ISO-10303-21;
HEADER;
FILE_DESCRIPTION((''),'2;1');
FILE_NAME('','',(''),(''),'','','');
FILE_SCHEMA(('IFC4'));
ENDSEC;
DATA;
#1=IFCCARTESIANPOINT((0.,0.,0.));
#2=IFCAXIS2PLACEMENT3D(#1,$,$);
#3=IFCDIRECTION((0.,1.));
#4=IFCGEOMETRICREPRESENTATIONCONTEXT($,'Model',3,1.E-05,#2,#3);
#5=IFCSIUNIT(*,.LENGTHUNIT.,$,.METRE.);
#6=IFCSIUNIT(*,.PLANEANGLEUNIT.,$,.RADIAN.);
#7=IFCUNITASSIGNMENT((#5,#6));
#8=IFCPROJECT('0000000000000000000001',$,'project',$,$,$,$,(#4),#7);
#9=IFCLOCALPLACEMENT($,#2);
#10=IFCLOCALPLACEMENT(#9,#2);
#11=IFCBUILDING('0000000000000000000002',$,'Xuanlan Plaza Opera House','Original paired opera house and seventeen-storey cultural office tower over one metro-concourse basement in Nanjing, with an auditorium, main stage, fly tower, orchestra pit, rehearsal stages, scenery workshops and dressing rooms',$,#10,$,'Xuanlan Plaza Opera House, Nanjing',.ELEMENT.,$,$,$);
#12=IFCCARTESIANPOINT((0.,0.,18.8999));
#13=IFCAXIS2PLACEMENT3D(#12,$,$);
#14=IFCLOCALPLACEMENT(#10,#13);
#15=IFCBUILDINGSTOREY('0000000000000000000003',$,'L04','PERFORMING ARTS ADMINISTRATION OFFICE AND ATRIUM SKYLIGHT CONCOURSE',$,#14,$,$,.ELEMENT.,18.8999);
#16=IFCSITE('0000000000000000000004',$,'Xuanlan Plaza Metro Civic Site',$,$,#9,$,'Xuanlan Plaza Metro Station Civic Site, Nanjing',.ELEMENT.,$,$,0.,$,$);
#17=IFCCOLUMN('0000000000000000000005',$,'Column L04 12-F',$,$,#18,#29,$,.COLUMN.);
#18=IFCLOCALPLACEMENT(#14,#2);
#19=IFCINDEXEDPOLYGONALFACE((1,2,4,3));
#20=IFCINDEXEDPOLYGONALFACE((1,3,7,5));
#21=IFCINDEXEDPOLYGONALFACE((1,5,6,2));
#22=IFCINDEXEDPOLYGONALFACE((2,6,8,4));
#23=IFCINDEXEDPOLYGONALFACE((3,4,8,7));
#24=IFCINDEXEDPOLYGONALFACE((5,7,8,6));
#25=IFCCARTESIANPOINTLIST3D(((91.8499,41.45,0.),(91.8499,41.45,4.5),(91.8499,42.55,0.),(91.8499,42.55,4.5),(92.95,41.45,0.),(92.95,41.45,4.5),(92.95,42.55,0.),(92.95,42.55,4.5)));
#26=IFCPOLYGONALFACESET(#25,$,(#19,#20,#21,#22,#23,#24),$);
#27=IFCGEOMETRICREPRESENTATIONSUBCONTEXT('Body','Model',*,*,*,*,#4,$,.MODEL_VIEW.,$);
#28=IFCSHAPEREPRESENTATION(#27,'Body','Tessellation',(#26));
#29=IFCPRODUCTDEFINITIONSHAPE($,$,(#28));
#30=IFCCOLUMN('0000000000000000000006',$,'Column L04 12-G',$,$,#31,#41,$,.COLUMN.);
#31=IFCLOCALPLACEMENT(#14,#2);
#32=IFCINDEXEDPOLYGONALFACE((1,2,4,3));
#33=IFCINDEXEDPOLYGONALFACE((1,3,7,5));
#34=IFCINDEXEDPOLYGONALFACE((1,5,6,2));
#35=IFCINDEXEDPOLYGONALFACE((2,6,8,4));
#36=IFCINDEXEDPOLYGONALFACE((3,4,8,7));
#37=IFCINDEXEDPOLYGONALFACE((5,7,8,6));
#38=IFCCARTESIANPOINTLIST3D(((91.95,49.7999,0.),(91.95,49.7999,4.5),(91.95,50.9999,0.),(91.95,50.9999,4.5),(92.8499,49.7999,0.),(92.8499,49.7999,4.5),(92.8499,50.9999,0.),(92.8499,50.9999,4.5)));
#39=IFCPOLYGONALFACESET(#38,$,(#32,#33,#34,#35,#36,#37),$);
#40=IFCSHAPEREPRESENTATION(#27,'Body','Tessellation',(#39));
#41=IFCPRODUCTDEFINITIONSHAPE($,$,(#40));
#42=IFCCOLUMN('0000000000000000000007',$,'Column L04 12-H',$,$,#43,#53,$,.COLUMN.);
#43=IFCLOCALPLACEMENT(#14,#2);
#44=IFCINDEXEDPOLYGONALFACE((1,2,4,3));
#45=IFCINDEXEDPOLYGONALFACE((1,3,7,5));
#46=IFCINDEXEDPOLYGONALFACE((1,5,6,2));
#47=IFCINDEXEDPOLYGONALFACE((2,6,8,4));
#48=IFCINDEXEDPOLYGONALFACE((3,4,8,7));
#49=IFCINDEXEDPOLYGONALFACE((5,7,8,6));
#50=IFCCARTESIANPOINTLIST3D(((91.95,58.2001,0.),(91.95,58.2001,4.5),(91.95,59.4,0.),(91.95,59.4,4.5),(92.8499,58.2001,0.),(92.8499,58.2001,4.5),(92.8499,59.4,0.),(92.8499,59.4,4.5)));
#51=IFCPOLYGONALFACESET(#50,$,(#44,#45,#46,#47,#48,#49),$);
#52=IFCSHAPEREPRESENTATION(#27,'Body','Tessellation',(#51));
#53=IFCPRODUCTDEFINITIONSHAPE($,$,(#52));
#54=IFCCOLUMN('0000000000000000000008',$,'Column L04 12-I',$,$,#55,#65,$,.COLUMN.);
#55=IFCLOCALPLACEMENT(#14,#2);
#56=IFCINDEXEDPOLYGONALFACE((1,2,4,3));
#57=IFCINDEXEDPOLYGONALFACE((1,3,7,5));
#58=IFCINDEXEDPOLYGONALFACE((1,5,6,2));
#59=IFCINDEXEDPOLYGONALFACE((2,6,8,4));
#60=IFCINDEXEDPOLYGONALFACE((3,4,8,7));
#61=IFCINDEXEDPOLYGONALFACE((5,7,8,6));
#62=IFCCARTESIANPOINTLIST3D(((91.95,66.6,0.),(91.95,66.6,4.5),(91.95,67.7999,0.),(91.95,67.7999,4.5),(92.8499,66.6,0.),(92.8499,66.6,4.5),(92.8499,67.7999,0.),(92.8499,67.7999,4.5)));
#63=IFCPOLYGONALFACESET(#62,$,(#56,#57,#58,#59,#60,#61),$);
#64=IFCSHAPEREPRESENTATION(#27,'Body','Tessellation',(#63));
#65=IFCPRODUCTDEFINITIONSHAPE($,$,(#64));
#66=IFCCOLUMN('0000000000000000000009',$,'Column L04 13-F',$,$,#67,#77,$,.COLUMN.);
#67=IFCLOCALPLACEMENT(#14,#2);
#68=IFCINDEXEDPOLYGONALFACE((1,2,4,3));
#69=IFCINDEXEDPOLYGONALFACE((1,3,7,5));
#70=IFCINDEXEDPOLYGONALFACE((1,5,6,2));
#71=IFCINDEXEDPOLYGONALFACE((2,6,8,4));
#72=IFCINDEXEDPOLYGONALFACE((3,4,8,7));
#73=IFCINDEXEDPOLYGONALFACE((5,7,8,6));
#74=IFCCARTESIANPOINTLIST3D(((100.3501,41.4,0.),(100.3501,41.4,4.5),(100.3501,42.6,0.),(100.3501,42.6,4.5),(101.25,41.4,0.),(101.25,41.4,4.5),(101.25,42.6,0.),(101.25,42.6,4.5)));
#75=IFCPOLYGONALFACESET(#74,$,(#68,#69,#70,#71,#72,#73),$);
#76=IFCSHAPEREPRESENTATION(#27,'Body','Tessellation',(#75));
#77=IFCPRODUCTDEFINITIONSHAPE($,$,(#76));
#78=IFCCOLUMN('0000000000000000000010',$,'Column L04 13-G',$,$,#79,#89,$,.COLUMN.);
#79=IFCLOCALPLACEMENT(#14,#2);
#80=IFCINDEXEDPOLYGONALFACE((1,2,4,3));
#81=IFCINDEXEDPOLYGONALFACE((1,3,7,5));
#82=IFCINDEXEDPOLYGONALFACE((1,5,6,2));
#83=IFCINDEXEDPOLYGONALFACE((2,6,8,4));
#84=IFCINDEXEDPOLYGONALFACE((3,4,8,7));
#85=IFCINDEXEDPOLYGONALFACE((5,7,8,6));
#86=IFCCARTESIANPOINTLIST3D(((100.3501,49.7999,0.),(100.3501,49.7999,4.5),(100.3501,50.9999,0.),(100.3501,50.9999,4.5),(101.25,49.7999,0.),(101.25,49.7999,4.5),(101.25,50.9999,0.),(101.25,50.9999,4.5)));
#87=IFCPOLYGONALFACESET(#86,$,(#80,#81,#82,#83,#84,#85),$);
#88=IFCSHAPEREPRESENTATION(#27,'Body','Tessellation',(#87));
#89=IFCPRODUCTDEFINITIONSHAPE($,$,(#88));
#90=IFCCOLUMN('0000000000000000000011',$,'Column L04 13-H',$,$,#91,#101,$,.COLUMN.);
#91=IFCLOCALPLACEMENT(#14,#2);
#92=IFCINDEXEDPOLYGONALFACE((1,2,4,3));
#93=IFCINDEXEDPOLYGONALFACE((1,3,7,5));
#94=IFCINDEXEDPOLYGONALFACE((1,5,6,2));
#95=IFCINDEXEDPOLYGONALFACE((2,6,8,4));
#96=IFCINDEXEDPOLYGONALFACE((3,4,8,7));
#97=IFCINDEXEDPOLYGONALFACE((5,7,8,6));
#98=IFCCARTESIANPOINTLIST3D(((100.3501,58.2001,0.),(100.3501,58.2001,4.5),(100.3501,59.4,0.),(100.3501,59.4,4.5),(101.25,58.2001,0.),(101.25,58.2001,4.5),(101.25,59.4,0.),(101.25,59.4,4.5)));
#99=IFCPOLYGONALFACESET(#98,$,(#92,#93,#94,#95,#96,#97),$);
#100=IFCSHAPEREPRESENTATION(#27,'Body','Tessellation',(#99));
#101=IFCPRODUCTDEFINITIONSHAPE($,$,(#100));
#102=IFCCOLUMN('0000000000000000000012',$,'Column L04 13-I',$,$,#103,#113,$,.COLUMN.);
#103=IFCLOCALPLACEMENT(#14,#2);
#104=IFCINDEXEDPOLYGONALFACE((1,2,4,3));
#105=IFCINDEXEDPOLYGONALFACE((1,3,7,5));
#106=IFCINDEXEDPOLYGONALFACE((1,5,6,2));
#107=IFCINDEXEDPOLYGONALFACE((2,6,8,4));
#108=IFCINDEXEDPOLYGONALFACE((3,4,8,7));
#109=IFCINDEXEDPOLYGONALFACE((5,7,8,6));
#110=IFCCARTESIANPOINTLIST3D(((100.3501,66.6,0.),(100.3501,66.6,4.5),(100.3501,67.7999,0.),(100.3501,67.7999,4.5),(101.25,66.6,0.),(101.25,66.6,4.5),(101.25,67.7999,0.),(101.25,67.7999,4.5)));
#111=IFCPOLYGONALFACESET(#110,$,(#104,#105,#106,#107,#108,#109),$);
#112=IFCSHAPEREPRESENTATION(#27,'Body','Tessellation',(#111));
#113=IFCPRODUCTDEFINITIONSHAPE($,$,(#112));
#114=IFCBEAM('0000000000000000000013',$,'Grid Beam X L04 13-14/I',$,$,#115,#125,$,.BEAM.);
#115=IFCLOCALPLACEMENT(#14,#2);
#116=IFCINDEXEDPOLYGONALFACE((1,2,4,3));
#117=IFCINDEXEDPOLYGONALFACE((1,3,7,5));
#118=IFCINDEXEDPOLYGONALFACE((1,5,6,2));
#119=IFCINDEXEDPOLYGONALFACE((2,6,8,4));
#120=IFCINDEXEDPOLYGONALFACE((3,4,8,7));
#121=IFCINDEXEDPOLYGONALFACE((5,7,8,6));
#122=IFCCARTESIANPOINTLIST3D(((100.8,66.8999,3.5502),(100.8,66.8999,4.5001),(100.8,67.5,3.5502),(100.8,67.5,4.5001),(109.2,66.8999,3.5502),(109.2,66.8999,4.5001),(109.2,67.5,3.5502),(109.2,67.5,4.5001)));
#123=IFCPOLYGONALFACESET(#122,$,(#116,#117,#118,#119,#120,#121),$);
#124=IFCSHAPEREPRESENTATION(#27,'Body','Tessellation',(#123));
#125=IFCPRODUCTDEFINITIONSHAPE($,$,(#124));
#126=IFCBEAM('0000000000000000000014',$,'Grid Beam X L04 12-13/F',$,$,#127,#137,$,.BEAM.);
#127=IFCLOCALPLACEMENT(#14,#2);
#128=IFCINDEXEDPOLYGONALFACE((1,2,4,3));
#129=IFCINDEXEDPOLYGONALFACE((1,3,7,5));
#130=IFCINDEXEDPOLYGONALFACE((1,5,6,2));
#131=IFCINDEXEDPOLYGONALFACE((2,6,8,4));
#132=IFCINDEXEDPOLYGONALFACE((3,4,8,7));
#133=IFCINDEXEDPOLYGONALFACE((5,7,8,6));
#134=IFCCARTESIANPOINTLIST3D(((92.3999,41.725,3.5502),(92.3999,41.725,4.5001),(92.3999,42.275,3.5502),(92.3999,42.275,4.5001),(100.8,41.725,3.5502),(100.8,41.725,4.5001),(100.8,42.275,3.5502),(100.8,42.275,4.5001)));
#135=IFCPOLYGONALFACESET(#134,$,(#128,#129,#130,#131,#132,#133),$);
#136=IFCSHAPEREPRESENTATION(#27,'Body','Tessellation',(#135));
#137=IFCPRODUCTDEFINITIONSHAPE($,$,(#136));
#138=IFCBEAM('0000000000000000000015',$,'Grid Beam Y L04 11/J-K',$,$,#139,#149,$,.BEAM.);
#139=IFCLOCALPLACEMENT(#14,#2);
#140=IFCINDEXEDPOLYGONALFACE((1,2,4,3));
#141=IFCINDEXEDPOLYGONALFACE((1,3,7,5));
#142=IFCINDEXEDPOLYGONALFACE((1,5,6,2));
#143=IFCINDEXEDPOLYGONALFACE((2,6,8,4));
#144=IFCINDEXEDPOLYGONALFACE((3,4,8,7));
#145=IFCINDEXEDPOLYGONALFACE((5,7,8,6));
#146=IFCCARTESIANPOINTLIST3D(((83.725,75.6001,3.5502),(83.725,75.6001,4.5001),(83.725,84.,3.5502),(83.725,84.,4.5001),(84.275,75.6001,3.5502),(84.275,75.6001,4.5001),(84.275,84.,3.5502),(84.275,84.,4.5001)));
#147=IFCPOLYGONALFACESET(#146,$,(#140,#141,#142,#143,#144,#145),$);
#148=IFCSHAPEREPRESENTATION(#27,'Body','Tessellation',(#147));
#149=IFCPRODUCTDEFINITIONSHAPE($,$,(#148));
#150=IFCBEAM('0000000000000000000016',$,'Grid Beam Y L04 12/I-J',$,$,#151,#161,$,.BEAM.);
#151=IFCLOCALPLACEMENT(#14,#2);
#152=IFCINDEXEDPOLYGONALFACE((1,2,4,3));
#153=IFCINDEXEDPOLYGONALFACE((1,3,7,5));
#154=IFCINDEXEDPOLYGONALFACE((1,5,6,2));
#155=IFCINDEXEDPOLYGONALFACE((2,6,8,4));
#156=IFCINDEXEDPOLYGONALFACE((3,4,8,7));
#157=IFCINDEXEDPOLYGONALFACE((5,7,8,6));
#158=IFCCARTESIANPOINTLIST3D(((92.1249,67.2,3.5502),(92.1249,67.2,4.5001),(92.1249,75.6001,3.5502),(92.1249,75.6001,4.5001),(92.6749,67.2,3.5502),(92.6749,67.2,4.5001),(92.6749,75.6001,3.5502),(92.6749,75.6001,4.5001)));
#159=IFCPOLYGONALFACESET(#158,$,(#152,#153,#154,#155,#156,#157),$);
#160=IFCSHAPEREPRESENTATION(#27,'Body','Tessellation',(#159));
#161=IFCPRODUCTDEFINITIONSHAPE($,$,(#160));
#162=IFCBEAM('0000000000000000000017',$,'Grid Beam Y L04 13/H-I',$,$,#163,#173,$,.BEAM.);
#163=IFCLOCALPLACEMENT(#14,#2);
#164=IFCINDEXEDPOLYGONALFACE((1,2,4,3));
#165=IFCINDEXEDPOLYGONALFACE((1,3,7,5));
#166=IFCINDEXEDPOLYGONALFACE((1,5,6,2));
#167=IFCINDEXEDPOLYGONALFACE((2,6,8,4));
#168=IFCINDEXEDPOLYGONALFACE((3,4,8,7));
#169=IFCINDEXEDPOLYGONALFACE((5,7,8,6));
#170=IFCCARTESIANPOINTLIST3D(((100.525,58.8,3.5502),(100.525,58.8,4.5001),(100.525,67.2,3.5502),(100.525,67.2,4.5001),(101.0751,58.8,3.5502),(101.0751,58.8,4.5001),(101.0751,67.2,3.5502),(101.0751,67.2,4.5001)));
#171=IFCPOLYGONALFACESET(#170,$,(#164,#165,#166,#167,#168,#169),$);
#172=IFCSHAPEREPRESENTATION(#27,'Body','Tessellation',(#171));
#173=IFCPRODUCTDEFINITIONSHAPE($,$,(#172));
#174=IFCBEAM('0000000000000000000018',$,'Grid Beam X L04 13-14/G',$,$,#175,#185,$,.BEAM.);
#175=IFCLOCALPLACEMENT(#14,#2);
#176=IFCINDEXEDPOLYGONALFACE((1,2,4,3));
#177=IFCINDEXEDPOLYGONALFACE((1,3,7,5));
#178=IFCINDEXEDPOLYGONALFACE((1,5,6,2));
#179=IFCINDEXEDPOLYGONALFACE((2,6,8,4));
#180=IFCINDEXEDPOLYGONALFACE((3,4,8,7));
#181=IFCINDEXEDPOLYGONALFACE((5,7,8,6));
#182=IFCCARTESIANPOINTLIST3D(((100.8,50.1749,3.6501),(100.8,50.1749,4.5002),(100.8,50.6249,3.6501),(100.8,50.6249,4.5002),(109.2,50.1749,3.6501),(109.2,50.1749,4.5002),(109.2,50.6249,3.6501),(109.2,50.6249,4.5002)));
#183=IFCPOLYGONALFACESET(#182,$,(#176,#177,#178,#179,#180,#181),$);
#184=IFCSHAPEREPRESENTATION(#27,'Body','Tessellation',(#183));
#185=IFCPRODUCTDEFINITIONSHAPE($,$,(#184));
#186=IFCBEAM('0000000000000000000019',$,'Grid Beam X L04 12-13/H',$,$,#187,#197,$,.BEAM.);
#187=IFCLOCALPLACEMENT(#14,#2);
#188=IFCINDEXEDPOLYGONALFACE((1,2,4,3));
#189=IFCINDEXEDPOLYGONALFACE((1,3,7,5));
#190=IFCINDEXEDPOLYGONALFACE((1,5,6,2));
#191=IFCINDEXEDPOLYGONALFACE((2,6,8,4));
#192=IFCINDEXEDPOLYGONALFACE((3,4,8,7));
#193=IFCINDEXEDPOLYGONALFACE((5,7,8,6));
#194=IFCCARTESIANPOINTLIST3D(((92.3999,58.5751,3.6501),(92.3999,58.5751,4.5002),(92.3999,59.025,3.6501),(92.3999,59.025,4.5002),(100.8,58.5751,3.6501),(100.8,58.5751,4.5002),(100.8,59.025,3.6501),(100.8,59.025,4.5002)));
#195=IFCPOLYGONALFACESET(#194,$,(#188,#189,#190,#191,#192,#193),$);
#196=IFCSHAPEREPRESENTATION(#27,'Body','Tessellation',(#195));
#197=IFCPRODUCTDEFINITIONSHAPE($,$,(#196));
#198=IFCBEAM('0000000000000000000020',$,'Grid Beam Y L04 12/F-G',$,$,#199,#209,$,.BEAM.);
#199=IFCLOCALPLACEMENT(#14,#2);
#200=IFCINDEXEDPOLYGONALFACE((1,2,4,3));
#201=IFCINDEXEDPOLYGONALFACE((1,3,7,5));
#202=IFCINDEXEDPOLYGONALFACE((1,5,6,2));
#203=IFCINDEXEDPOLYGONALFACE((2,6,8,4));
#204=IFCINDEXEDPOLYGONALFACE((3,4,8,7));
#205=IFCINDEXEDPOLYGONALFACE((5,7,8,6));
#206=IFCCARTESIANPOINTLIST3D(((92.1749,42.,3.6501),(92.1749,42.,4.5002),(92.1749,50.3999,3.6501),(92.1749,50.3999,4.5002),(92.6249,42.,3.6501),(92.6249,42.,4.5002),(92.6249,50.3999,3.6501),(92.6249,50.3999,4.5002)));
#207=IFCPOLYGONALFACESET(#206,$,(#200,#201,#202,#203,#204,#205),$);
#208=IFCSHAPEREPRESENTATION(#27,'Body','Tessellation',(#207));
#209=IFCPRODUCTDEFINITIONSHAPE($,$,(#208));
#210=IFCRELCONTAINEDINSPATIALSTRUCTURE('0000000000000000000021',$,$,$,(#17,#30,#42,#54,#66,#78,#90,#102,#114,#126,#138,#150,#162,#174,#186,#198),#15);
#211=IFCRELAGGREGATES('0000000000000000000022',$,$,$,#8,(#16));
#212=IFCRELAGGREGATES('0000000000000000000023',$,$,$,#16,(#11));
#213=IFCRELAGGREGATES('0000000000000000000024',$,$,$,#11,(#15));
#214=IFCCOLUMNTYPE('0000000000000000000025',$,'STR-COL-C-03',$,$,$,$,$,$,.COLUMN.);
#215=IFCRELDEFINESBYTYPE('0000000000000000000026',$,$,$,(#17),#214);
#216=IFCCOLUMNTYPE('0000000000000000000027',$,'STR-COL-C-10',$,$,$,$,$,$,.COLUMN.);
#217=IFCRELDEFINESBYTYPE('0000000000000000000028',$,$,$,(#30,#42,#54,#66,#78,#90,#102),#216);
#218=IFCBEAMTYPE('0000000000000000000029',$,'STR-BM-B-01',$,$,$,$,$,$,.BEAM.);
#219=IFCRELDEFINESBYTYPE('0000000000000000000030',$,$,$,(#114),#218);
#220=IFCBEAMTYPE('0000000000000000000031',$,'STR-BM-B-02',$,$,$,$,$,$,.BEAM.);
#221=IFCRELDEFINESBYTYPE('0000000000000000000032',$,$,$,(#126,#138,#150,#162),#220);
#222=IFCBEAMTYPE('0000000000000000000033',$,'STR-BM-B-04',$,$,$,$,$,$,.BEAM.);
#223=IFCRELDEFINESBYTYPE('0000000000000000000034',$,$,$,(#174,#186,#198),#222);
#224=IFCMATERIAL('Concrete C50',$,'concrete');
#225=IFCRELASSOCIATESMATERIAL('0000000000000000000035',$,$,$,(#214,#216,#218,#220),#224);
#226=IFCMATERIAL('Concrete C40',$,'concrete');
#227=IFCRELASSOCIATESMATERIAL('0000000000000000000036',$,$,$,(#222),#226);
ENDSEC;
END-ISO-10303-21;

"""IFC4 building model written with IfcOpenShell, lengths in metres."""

from ifc_helpers import new_model, si_unit, direction, frame, origin, origin_2d, place, context, subcontext, project, spatial, rectangle, extrude, material, material_profile, profile_set, type_object, element, save


model = new_model("IFC4")

# Units and contexts
model_context = context("Model", 3, precision=1e-05, world=origin(), true_north=direction((0.0, 1.0)))
body_context = subcontext(model_context, "Body", "Model", "MODEL_VIEW")
ifc_project = project(units=[si_unit("LENGTHUNIT", "METRE"), si_unit("PLANEANGLEUNIT", "RADIAN")], contexts=[model_context])

# Site, building, storey
site_placement = place(None, origin())
site = spatial("IfcSite", under=ifc_project, at=site_placement, Name="Xuanlan Plaza Metro Civic Site", LongName="Xuanlan Plaza Metro Station Civic Site, Nanjing", CompositionType="ELEMENT", RefElevation=0.0)
building_placement = place(site_placement, origin())
building = spatial("IfcBuilding", under=site, at=building_placement, Name="Xuanlan Plaza Opera House", Description="Original paired opera house and seventeen-storey cultural office tower over one metro-concourse basement in Nanjing, with an auditorium, main stage, fly tower, orchestra pit, rehearsal stages, scenery workshops and dressing rooms", LongName="Xuanlan Plaza Opera House, Nanjing", CompositionType="ELEMENT")
storey_placement = place(building_placement, frame((0.0, 0.0, 18.8999)))
storey = spatial("IfcBuildingStorey", under=building, at=storey_placement, Name="L04", Description="PERFORMING ARTS ADMINISTRATION OFFICE AND ATRIUM SKYLIGHT CONCOURSE", CompositionType="ELEMENT", Elevation=18.8999)

# Columns
ifc_material_1 = material(Name="Concrete C50", Category="concrete")
ifc_material_profile_1 = material_profile(ifc_material_1, rectangle(XDim=1.1001, YDim=1.1001, at=origin_2d()), Name="RC-COL 1100x1100")
ifc_profile_set_1 = profile_set([ifc_material_profile_1], Name="Concrete C50")
column_type_1 = type_object("IfcColumnType", Name="STR-COL-C-03", PredefinedType="COLUMN", material=ifc_profile_set_1)
column_placement = place(storey_placement, frame((92.3999, 42.0, 0.0), z_axis=(0.0, 0.0, 1.0), x_axis=(1.0, 0.0, 0.0)))
element("IfcColumn", 1, at=column_placement, inside=storey, type_object=column_type_1, Name="Column L04 12-F", PredefinedType="COLUMN", context=body_context, shape_type="SweptSolid", body=[
    extrude(rectangle(XDim=1.1001, YDim=1.1001, at=origin_2d()), origin(), (0.0, 0.0, 1.0), 4.5),
])
ifc_material_profile_2 = material_profile(ifc_material_1, rectangle(XDim=0.8999, YDim=1.2, at=origin_2d()), Name="RC-COL 900x1200")
ifc_profile_set_2 = profile_set([ifc_material_profile_2], Name="Concrete C50")
column_type_2 = type_object("IfcColumnType", Name="STR-COL-C-10", PredefinedType="COLUMN", material=ifc_profile_set_2)
for number, where, z_axis, x_axis, name in (
    (2, (92.3999, 50.3999, 0.0), (0.0, 0.0, 1.0), (1.0, 0.0, 0.0), "Column L04 12-G"),
    (3, (92.3999, 58.8, 0.0), (0.0, 0.0, 1.0), (1.0, 0.0, 0.0), "Column L04 12-H"),
    (4, (92.3999, 67.2, 0.0), (0.0, 0.0, 1.0), (1.0, 0.0, 0.0), "Column L04 12-I"),
    (5, (100.8, 42.0, 0.0), (0.0, 0.0, 1.0), (1.0, 0.0, 0.0), "Column L04 13-F"),
    (6, (100.8, 50.3999, 0.0), (0.0, 0.0, 1.0), (1.0, 0.0, 0.0), "Column L04 13-G"),
    (7, (100.8, 58.8, 0.0), (0.0, 0.0, 1.0), (1.0, 0.0, 0.0), "Column L04 13-H"),
    (8, (100.8, 67.2, 0.0), (0.0, 0.0, 1.0), (1.0, 0.0, 0.0), "Column L04 13-I"),
):
    element("IfcColumn", number, at=place(storey_placement, frame(where, z_axis=z_axis, x_axis=x_axis)), inside=storey, type_object=column_type_2, Name=name, PredefinedType="COLUMN", context=body_context, shape_type="SweptSolid", body=[
        extrude(rectangle(XDim=0.8999, YDim=1.2, at=origin_2d()), origin(), (0.0, 0.0, 1.0), 4.5),
    ])

# Beams
ifc_material_profile_3 = material_profile(ifc_material_1, rectangle(XDim=0.6001, YDim=0.95, at=origin_2d()), Name="RC-BM 600x950")
ifc_profile_set_3 = profile_set([ifc_material_profile_3], Name="Concrete C50")
beam_type_1 = type_object("IfcBeamType", Name="STR-BM-B-01", PredefinedType="BEAM", material=ifc_profile_set_3)
beam_1_placement = place(storey_placement, frame((100.8, 67.2, 4.0251), z_axis=(1.0, 0.0, 0.0), x_axis=(0.0, 1.0, 0.0)))
element("IfcBeam", 9, at=beam_1_placement, inside=storey, type_object=beam_type_1, Name="Grid Beam X L04 13-14/I", PredefinedType="BEAM", context=body_context, shape_type="SweptSolid", body=[
    extrude(rectangle(XDim=0.6001, YDim=0.95, at=origin_2d()), origin(), (0.0, 0.0, 1.0), 8.3999),
])
ifc_material_profile_4 = material_profile(ifc_material_1, rectangle(XDim=0.55, YDim=0.95, at=origin_2d()), Name="RC-BM 550x950")
ifc_profile_set_4 = profile_set([ifc_material_profile_4], Name="Concrete C50")
beam_type_2 = type_object("IfcBeamType", Name="STR-BM-B-02", PredefinedType="BEAM", material=ifc_profile_set_4)
beam_2_placement = place(storey_placement, frame((92.3999, 42.0, 4.0251), z_axis=(1.0, 0.0, 0.0), x_axis=(0.0, 1.0, 0.0)))
element("IfcBeam", 10, at=beam_2_placement, inside=storey, type_object=beam_type_2, Name="Grid Beam X L04 12-13/F", PredefinedType="BEAM", context=body_context, shape_type="SweptSolid", body=[
    extrude(rectangle(XDim=0.55, YDim=0.95, at=origin_2d()), origin(), (0.0, 0.0, 1.0), 8.4001),
])
beam_3_placement = place(storey_placement, frame((84.0, 75.6001, 4.0251), z_axis=(0.0, 1.0, 0.0), x_axis=(-1.0, 0.0, 0.0)))
element("IfcBeam", 11, at=beam_3_placement, inside=storey, type_object=beam_type_2, Name="Grid Beam Y L04 11/J-K", PredefinedType="BEAM", context=body_context, shape_type="SweptSolid", body=[
    extrude(rectangle(XDim=0.55, YDim=0.95, at=origin_2d()), origin(), (0.0, 0.0, 1.0), 8.3999),
])
beam_4_placement = place(storey_placement, frame((92.3999, 67.2, 4.0251), z_axis=(0.0, 1.0, 0.0), x_axis=(-1.0, 0.0, 0.0)))
element("IfcBeam", 12, at=beam_4_placement, inside=storey, type_object=beam_type_2, Name="Grid Beam Y L04 12/I-J", PredefinedType="BEAM", context=body_context, shape_type="SweptSolid", body=[
    extrude(rectangle(XDim=0.55, YDim=0.95, at=origin_2d()), origin(), (0.0, 0.0, 1.0), 8.4001),
])
beam_5_placement = place(storey_placement, frame((100.8, 58.8, 4.0251), z_axis=(0.0, 1.0, 0.0), x_axis=(-1.0, 0.0, 0.0)))
element("IfcBeam", 13, at=beam_5_placement, inside=storey, type_object=beam_type_2, Name="Grid Beam Y L04 13/H-I", PredefinedType="BEAM", context=body_context, shape_type="SweptSolid", body=[
    extrude(rectangle(XDim=0.55, YDim=0.95, at=origin_2d()), origin(), (0.0, 0.0, 1.0), 8.3999),
])
ifc_material_2 = material(Name="Concrete C40", Category="concrete")
ifc_material_profile_5 = material_profile(ifc_material_2, rectangle(XDim=0.45, YDim=0.8501, at=origin_2d()), Name="RC-BM 450x850")
ifc_profile_set_5 = profile_set([ifc_material_profile_5], Name="Concrete C40")
beam_type_3 = type_object("IfcBeamType", Name="STR-BM-B-04", PredefinedType="BEAM", material=ifc_profile_set_5)
beam_6_placement = place(storey_placement, frame((100.8, 50.3999, 4.0752), z_axis=(1.0, 0.0, 0.0), x_axis=(0.0, 1.0, 0.0)))
element("IfcBeam", 14, at=beam_6_placement, inside=storey, type_object=beam_type_3, Name="Grid Beam X L04 13-14/G", PredefinedType="BEAM", context=body_context, shape_type="SweptSolid", body=[
    extrude(rectangle(XDim=0.45, YDim=0.8501, at=origin_2d()), origin(), (0.0, 0.0, 1.0), 8.3999),
])
beam_7_placement = place(storey_placement, frame((92.3999, 58.8, 4.0752), z_axis=(1.0, 0.0, 0.0), x_axis=(0.0, 1.0, 0.0)))
element("IfcBeam", 15, at=beam_7_placement, inside=storey, type_object=beam_type_3, Name="Grid Beam X L04 12-13/H", PredefinedType="BEAM", context=body_context, shape_type="SweptSolid", body=[
    extrude(rectangle(XDim=0.45, YDim=0.8501, at=origin_2d()), origin(), (0.0, 0.0, 1.0), 8.4001),
])
beam_8_placement = place(storey_placement, frame((92.3999, 42.0, 4.0752), z_axis=(0.0, 1.0, 0.0), x_axis=(-1.0, 0.0, 0.0)))
element("IfcBeam", 16, at=beam_8_placement, inside=storey, type_object=beam_type_3, Name="Grid Beam Y L04 12/F-G", PredefinedType="BEAM", context=body_context, shape_type="SweptSolid", body=[
    extrude(rectangle(XDim=0.45, YDim=0.8501, at=origin_2d()), origin(), (0.0, 0.0, 1.0), 8.3999),
])

save(model, "model.ifc")
